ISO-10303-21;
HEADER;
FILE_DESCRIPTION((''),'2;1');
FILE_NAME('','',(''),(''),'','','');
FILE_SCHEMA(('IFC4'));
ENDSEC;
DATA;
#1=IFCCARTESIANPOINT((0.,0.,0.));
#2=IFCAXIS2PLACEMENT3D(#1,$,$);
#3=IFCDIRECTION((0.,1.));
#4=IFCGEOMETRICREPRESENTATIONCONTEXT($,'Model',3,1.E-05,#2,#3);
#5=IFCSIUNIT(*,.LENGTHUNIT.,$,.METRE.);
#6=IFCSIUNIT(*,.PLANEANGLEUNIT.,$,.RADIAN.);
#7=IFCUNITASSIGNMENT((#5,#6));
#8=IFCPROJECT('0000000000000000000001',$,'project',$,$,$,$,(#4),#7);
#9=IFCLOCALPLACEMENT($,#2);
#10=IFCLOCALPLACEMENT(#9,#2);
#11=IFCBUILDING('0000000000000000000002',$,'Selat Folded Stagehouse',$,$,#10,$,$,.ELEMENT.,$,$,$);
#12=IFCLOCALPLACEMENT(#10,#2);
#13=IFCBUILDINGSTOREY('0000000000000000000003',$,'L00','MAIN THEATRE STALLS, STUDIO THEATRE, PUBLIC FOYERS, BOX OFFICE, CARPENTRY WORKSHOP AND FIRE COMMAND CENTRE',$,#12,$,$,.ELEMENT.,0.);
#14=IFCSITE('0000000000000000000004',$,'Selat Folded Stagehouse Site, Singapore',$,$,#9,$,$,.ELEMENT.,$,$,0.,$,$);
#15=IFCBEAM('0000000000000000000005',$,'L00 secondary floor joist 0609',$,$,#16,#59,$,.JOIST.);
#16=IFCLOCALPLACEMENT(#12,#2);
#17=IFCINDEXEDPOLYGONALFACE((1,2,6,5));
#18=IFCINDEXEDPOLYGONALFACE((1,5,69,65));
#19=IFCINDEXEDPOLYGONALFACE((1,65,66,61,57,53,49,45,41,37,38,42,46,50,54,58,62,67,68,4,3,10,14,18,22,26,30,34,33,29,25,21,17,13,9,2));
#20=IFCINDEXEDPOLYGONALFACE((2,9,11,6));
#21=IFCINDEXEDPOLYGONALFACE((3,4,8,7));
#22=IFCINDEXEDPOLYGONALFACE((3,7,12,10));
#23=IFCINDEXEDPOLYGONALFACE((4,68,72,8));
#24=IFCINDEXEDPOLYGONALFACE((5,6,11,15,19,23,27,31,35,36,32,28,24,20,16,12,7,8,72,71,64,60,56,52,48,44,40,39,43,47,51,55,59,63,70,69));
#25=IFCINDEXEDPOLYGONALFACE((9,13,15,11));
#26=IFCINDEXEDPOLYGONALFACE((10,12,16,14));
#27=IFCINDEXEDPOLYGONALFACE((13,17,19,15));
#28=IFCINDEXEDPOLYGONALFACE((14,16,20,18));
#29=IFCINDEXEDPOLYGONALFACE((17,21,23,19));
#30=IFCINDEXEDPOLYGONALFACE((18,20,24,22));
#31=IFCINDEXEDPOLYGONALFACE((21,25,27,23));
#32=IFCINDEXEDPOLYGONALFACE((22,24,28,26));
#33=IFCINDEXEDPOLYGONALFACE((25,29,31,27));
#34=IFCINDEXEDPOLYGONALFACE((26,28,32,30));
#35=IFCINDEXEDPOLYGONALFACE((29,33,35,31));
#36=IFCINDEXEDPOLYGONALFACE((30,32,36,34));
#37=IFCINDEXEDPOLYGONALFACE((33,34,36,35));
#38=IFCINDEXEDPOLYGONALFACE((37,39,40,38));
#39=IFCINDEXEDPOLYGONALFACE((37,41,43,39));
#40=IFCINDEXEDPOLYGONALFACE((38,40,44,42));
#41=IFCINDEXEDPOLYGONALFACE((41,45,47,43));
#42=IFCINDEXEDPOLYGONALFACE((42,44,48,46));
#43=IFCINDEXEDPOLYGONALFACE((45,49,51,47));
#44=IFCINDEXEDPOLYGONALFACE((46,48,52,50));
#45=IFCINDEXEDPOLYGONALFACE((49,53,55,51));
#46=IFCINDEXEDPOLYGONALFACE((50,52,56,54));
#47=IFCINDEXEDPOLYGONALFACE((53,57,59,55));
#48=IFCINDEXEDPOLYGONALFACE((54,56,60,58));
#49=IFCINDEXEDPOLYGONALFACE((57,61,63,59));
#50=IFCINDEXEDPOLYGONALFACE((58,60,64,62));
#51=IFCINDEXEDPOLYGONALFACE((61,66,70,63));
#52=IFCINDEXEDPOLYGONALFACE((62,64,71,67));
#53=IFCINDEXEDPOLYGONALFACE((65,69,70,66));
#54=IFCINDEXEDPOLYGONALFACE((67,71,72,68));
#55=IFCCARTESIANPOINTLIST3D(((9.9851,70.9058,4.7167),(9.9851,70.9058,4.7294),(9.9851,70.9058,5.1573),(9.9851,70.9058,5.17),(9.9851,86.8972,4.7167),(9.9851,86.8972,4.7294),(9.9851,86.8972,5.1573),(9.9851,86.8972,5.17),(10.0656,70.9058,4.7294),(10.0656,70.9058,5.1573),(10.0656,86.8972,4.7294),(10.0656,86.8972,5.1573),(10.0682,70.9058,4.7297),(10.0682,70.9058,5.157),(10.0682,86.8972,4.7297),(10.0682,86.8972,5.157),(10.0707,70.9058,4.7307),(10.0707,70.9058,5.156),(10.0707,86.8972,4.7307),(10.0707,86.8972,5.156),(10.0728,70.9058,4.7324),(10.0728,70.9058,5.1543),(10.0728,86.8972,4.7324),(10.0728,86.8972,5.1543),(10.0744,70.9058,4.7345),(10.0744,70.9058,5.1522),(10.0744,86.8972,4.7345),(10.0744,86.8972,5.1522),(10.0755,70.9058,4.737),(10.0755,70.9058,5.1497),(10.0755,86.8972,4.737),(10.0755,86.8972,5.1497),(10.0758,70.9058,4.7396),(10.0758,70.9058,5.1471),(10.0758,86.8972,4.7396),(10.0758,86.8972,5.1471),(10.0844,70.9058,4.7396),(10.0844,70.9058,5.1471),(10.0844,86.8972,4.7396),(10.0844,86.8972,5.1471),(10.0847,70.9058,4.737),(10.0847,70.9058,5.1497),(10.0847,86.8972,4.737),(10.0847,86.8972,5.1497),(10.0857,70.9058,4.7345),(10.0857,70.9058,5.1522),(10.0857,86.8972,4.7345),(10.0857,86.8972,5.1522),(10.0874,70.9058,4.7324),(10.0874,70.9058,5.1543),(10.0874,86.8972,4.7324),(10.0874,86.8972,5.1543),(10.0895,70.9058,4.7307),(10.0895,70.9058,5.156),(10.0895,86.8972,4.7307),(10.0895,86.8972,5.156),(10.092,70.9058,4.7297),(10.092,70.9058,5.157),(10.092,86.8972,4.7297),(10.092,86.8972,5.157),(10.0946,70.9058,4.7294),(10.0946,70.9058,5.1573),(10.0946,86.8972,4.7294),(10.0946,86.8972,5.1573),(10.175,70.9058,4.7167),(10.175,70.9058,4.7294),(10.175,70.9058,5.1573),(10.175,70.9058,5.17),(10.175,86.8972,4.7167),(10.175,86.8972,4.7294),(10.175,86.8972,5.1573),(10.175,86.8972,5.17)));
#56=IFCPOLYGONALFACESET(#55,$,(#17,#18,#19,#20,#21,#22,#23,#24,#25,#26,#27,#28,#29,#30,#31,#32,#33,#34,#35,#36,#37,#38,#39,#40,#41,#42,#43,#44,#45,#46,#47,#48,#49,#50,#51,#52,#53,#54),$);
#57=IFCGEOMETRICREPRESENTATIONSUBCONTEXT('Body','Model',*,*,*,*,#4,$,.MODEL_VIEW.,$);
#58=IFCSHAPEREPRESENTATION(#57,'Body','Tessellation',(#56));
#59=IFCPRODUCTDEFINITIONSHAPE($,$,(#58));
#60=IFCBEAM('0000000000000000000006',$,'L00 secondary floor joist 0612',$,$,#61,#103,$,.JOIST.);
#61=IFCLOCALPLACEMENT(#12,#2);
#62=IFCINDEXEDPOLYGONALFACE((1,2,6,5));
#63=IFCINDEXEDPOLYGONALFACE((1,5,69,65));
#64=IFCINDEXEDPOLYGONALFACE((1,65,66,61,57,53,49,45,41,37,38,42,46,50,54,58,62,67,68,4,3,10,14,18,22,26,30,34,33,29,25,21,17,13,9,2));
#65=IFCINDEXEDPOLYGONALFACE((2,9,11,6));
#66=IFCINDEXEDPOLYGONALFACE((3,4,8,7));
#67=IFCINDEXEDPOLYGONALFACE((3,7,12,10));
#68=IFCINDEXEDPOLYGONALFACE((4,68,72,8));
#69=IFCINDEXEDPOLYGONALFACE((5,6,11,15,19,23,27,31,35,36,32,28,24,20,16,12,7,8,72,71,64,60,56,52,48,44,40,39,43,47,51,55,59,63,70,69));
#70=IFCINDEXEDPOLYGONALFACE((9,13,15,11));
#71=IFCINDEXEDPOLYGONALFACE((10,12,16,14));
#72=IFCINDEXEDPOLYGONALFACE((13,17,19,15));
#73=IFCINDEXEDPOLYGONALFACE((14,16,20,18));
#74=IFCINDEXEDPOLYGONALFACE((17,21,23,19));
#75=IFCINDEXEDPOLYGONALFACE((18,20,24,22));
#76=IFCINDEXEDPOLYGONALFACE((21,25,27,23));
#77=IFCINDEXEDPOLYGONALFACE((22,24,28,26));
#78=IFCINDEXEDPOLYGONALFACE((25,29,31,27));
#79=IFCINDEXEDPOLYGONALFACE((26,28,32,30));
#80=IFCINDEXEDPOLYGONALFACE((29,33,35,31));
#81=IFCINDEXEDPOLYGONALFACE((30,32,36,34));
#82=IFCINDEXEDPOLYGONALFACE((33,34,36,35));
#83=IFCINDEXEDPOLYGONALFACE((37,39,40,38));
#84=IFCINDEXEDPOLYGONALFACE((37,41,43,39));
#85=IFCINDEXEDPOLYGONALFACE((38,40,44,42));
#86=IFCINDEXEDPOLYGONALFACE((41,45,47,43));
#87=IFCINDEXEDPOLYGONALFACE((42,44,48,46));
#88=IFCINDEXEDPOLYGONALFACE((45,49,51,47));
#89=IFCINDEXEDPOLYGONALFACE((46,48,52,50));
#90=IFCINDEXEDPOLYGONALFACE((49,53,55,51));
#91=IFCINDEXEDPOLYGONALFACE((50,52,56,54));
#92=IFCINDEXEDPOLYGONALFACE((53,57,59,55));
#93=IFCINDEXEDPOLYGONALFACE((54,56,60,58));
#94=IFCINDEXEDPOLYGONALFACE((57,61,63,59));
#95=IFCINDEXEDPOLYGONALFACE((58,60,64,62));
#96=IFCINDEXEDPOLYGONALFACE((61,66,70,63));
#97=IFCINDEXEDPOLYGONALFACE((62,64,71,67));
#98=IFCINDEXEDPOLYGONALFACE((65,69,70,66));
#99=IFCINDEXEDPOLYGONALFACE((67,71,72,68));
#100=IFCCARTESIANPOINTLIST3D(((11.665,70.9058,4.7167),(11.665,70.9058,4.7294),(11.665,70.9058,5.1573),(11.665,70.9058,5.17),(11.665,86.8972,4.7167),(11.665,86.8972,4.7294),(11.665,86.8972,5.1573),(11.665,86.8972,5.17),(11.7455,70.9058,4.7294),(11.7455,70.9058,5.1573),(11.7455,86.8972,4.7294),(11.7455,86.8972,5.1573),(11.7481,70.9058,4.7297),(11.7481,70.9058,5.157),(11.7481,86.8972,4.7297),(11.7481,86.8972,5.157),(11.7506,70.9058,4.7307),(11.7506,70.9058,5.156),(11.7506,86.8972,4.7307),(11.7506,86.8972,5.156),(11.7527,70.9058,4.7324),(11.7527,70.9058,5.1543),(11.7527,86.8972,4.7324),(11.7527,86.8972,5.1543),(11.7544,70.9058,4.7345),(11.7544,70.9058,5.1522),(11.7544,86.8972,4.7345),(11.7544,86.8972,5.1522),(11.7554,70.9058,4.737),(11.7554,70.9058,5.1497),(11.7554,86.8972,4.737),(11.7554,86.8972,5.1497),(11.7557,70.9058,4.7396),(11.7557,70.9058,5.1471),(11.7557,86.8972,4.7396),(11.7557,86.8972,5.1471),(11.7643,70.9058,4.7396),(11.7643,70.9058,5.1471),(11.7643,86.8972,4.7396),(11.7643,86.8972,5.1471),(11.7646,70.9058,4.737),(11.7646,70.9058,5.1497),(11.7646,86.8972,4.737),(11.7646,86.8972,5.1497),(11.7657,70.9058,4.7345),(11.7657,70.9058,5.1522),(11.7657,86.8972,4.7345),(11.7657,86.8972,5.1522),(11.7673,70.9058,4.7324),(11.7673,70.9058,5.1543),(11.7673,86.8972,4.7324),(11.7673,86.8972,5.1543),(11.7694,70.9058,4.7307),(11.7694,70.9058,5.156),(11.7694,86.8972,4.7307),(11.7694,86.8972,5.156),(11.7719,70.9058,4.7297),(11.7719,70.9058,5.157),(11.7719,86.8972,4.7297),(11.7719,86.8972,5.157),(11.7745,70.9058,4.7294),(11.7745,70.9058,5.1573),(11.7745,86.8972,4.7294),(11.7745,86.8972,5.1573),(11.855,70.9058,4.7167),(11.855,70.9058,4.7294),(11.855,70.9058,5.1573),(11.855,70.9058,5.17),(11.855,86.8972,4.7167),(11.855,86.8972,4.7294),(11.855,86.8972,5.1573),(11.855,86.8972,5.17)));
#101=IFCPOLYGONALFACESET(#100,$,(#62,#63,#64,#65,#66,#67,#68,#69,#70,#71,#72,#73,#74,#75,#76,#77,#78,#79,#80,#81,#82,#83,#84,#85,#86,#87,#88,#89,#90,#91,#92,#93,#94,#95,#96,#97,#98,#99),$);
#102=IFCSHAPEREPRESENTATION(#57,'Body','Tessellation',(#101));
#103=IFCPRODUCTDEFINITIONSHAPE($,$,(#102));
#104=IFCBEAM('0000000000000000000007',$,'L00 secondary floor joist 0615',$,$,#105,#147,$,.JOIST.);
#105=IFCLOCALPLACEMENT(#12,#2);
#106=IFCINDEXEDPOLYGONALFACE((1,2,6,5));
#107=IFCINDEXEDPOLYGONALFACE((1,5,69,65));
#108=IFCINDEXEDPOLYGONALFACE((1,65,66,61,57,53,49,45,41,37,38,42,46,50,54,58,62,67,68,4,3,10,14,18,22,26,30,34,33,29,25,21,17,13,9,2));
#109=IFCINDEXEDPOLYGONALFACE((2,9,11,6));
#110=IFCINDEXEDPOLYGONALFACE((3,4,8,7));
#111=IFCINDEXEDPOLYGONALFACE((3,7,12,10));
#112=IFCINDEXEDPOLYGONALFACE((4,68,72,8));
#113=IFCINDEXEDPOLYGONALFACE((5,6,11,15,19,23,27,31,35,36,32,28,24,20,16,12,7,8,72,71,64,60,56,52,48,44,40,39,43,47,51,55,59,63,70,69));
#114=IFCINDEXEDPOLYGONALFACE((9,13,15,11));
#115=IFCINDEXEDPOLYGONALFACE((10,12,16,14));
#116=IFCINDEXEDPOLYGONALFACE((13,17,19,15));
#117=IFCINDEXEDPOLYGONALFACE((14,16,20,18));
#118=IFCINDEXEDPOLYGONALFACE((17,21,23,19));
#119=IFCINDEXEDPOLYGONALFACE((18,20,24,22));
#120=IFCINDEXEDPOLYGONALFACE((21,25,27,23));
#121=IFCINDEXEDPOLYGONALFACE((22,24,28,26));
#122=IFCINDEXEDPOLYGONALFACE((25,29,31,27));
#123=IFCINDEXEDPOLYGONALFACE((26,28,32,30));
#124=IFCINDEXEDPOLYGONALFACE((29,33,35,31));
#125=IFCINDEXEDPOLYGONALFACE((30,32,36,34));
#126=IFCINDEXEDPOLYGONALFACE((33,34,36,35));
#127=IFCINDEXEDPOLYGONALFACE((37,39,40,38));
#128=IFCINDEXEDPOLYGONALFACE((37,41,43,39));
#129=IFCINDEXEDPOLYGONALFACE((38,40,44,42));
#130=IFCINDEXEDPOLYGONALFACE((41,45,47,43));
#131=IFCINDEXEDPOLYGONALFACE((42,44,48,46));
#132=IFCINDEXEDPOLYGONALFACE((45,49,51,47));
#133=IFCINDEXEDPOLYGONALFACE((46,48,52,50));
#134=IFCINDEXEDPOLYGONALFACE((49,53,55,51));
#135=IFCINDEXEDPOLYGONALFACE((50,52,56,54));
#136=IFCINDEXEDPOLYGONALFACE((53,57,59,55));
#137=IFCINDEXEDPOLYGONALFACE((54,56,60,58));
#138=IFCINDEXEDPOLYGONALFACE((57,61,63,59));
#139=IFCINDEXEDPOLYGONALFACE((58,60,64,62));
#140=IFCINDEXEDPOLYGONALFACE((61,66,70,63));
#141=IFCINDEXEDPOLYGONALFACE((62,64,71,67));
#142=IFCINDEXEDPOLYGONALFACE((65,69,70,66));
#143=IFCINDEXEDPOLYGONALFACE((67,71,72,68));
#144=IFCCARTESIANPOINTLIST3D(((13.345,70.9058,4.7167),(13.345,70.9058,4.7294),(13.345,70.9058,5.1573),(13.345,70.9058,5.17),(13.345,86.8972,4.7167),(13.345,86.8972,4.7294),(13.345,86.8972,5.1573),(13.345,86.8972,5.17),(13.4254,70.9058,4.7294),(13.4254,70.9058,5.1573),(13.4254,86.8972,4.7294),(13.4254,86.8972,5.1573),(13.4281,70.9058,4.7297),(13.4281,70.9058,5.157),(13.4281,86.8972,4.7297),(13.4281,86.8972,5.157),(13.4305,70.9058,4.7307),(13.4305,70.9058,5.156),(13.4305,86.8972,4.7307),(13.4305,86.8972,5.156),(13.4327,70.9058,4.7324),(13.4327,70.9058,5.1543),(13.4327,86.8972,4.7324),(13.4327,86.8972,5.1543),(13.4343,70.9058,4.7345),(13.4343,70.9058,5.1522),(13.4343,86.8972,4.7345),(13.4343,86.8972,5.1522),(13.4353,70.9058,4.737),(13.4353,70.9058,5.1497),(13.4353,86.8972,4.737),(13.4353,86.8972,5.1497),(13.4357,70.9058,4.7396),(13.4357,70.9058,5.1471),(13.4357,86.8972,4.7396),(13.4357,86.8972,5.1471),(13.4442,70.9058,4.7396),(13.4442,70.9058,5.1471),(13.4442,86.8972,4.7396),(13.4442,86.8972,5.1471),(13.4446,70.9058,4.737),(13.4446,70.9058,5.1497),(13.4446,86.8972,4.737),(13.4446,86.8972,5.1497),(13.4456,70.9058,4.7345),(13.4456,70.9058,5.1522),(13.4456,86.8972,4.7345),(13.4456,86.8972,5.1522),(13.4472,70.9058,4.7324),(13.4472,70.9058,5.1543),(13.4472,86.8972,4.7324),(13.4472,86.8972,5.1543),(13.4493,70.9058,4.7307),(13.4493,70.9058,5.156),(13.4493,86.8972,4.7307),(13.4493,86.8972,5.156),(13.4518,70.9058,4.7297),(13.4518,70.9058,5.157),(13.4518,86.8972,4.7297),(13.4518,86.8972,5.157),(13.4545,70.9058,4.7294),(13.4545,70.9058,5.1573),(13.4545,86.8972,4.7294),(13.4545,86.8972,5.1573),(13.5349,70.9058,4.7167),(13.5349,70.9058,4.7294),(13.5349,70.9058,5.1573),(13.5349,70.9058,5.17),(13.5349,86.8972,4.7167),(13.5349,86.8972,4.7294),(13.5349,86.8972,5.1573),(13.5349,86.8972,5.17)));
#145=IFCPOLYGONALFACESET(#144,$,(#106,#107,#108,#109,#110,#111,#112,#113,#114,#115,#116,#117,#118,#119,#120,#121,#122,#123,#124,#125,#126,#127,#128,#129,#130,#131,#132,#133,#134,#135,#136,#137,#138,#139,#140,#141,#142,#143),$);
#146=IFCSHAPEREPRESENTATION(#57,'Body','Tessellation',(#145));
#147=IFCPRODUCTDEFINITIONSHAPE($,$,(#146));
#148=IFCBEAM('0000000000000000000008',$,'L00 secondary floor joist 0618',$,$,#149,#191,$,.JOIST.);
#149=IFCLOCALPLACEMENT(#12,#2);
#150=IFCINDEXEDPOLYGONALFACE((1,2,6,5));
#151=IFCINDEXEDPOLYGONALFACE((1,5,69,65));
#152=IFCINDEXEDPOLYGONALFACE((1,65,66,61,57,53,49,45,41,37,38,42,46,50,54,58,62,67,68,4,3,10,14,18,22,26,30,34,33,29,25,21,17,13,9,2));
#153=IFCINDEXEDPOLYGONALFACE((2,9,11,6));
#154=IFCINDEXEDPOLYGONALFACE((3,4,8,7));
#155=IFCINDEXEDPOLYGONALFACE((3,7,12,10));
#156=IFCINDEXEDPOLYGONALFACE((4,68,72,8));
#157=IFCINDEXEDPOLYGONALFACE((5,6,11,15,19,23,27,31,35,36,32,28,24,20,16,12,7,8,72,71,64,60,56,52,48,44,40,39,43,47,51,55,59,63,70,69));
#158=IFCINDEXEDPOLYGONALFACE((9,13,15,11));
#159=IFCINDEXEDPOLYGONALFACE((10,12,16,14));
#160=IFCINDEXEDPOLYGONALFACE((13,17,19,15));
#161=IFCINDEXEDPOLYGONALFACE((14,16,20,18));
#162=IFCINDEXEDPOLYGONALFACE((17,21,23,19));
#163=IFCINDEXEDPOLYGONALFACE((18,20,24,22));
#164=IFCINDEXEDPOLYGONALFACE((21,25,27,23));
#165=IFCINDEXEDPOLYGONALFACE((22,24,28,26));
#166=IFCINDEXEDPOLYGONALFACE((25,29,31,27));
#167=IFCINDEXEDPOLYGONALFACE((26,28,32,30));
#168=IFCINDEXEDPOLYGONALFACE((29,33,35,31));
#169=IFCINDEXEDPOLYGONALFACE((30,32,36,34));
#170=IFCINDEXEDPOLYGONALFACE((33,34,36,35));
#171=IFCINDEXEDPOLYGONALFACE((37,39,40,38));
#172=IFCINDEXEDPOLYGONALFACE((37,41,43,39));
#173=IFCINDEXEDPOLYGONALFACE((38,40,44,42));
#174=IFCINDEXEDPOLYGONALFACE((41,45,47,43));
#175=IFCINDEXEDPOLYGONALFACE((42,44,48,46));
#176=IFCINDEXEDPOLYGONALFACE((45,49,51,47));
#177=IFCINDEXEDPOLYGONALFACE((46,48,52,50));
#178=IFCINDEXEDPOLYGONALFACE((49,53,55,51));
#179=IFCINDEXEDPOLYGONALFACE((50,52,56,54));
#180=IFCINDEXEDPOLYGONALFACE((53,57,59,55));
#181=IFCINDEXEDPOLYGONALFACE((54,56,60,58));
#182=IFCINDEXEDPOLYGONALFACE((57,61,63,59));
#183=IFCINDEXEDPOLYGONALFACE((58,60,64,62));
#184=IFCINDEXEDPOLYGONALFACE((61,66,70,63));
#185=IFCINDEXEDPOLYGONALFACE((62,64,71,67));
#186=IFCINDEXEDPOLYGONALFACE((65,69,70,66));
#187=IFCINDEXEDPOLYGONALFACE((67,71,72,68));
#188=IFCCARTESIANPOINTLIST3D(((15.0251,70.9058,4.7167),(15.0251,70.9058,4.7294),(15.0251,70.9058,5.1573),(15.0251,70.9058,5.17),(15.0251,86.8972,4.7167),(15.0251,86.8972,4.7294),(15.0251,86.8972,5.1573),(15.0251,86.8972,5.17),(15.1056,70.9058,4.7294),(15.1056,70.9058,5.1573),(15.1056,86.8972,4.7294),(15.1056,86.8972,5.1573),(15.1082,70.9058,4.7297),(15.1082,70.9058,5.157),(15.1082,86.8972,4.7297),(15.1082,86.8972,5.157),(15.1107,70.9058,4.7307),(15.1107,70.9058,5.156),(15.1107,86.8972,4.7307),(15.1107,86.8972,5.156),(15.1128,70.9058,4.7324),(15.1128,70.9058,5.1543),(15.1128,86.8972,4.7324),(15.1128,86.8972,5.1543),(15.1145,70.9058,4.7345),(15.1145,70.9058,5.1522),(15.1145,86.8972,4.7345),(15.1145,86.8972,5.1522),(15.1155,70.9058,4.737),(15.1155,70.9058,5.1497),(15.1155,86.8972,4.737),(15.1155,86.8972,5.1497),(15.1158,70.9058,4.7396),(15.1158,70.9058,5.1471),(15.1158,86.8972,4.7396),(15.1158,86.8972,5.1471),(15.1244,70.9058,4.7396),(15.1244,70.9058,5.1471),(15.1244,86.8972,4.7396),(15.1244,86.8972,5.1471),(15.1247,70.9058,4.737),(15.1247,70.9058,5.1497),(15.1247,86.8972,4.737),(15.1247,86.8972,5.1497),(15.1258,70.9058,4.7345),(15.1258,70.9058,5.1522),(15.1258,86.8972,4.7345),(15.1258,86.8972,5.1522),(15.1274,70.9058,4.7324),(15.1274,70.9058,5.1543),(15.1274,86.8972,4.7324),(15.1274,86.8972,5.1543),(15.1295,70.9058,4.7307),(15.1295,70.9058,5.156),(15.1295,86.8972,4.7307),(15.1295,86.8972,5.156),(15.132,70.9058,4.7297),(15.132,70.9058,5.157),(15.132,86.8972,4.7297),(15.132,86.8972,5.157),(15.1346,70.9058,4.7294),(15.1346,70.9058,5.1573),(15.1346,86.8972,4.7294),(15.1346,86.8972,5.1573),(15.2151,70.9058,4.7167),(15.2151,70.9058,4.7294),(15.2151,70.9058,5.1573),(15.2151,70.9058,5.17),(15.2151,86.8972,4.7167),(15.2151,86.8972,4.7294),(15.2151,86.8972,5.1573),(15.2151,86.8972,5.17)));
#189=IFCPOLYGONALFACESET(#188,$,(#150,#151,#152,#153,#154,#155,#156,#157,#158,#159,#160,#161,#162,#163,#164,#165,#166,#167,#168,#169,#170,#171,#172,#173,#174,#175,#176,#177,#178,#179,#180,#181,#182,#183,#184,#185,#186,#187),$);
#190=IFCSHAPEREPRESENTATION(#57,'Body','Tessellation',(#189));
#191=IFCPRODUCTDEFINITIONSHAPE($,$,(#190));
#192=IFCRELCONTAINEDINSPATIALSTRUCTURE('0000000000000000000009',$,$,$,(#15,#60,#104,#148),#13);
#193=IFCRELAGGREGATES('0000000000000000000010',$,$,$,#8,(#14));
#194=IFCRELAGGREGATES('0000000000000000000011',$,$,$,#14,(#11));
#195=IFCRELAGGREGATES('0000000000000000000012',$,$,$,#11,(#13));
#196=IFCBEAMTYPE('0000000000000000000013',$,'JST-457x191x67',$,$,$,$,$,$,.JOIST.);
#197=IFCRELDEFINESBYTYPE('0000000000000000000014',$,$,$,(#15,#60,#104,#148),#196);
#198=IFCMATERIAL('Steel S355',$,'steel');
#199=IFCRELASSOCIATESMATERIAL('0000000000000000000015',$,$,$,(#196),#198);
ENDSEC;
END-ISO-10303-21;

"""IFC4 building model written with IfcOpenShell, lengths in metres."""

from ifc_helpers import new_model, si_unit, direction, frame, origin, origin_2d, place, context, subcontext, project, spatial, i_section, extrude, material, material_profile, profile_set, type_object, element, save


model = new_model("IFC4")

# Units and contexts
model_context = context("Model", 3, precision=1e-05, world=origin(), true_north=direction((0.0, 1.0)))
body_context = subcontext(model_context, "Body", "Model", "MODEL_VIEW")
ifc_project = project(units=[si_unit("LENGTHUNIT", "METRE"), si_unit("PLANEANGLEUNIT", "RADIAN")], contexts=[model_context])

# Site, building, storey
site_placement = place(None, origin())
site = spatial("IfcSite", under=ifc_project, at=site_placement, Name="Selat Folded Stagehouse Site, Singapore", CompositionType="ELEMENT", RefElevation=0.0)
building_placement = place(site_placement, origin())
building = spatial("IfcBuilding", under=site, at=building_placement, Name="Selat Folded Stagehouse", CompositionType="ELEMENT")
storey_placement = place(building_placement, origin())
storey = spatial("IfcBuildingStorey", under=building, at=storey_placement, Name="L00", Description="MAIN THEATRE STALLS, STUDIO THEATRE, PUBLIC FOYERS, BOX OFFICE, CARPENTRY WORKSHOP AND FIRE COMMAND CENTRE", CompositionType="ELEMENT", Elevation=0.0)

# Shared definitions
ifc_material_1 = material(Name="Steel S355", Category="steel")

# Beams
ifc_material_profile_1 = material_profile(ifc_material_1, i_section(OverallWidth=0.1899, OverallDepth=0.4534, WebThickness=0.0085, FlangeThickness=0.0127, FilletRadius=0.0103, at=origin_2d()), Name="UKB 457x191x67")
ifc_profile_set_1 = profile_set([ifc_material_profile_1], Name="Steel S355")
beam_type_1 = type_object("IfcBeamType", Name="JST-457x191x67", PredefinedType="JOIST", material=ifc_profile_set_1)
for number, where, z_axis, x_axis, name in (
    (1, (10.0801, 70.9058, 4.9434), (0.0, 1.0, 0.0), (-1.0, 0.0, 0.0), "L00 secondary floor joist 0609"),
    (2, (11.76, 70.9058, 4.9434), (0.0, 1.0, 0.0), (-1.0, 0.0, 0.0), "L00 secondary floor joist 0612"),
    (3, (13.4399, 70.9058, 4.9434), (0.0, 1.0, 0.0), (-1.0, 0.0, 0.0), "L00 secondary floor joist 0615"),
    (4, (15.1201, 70.9058, 4.9434), (0.0, 1.0, 0.0), (-1.0, 0.0, 0.0), "L00 secondary floor joist 0618"),
):
    element("IfcBeam", number, at=place(storey_placement, frame(where, z_axis=z_axis, x_axis=x_axis)), inside=storey, type_object=beam_type_1, Name=name, PredefinedType="JOIST", context=body_context, shape_type="SweptSolid", body=[
        extrude(i_section(OverallWidth=0.1899, OverallDepth=0.4534, WebThickness=0.0085, FlangeThickness=0.0127, FilletRadius=0.0103, at=origin_2d()), origin(), (0.0, 0.0, 1.0), 15.9915),
    ])

save(model, "model.ifc")
